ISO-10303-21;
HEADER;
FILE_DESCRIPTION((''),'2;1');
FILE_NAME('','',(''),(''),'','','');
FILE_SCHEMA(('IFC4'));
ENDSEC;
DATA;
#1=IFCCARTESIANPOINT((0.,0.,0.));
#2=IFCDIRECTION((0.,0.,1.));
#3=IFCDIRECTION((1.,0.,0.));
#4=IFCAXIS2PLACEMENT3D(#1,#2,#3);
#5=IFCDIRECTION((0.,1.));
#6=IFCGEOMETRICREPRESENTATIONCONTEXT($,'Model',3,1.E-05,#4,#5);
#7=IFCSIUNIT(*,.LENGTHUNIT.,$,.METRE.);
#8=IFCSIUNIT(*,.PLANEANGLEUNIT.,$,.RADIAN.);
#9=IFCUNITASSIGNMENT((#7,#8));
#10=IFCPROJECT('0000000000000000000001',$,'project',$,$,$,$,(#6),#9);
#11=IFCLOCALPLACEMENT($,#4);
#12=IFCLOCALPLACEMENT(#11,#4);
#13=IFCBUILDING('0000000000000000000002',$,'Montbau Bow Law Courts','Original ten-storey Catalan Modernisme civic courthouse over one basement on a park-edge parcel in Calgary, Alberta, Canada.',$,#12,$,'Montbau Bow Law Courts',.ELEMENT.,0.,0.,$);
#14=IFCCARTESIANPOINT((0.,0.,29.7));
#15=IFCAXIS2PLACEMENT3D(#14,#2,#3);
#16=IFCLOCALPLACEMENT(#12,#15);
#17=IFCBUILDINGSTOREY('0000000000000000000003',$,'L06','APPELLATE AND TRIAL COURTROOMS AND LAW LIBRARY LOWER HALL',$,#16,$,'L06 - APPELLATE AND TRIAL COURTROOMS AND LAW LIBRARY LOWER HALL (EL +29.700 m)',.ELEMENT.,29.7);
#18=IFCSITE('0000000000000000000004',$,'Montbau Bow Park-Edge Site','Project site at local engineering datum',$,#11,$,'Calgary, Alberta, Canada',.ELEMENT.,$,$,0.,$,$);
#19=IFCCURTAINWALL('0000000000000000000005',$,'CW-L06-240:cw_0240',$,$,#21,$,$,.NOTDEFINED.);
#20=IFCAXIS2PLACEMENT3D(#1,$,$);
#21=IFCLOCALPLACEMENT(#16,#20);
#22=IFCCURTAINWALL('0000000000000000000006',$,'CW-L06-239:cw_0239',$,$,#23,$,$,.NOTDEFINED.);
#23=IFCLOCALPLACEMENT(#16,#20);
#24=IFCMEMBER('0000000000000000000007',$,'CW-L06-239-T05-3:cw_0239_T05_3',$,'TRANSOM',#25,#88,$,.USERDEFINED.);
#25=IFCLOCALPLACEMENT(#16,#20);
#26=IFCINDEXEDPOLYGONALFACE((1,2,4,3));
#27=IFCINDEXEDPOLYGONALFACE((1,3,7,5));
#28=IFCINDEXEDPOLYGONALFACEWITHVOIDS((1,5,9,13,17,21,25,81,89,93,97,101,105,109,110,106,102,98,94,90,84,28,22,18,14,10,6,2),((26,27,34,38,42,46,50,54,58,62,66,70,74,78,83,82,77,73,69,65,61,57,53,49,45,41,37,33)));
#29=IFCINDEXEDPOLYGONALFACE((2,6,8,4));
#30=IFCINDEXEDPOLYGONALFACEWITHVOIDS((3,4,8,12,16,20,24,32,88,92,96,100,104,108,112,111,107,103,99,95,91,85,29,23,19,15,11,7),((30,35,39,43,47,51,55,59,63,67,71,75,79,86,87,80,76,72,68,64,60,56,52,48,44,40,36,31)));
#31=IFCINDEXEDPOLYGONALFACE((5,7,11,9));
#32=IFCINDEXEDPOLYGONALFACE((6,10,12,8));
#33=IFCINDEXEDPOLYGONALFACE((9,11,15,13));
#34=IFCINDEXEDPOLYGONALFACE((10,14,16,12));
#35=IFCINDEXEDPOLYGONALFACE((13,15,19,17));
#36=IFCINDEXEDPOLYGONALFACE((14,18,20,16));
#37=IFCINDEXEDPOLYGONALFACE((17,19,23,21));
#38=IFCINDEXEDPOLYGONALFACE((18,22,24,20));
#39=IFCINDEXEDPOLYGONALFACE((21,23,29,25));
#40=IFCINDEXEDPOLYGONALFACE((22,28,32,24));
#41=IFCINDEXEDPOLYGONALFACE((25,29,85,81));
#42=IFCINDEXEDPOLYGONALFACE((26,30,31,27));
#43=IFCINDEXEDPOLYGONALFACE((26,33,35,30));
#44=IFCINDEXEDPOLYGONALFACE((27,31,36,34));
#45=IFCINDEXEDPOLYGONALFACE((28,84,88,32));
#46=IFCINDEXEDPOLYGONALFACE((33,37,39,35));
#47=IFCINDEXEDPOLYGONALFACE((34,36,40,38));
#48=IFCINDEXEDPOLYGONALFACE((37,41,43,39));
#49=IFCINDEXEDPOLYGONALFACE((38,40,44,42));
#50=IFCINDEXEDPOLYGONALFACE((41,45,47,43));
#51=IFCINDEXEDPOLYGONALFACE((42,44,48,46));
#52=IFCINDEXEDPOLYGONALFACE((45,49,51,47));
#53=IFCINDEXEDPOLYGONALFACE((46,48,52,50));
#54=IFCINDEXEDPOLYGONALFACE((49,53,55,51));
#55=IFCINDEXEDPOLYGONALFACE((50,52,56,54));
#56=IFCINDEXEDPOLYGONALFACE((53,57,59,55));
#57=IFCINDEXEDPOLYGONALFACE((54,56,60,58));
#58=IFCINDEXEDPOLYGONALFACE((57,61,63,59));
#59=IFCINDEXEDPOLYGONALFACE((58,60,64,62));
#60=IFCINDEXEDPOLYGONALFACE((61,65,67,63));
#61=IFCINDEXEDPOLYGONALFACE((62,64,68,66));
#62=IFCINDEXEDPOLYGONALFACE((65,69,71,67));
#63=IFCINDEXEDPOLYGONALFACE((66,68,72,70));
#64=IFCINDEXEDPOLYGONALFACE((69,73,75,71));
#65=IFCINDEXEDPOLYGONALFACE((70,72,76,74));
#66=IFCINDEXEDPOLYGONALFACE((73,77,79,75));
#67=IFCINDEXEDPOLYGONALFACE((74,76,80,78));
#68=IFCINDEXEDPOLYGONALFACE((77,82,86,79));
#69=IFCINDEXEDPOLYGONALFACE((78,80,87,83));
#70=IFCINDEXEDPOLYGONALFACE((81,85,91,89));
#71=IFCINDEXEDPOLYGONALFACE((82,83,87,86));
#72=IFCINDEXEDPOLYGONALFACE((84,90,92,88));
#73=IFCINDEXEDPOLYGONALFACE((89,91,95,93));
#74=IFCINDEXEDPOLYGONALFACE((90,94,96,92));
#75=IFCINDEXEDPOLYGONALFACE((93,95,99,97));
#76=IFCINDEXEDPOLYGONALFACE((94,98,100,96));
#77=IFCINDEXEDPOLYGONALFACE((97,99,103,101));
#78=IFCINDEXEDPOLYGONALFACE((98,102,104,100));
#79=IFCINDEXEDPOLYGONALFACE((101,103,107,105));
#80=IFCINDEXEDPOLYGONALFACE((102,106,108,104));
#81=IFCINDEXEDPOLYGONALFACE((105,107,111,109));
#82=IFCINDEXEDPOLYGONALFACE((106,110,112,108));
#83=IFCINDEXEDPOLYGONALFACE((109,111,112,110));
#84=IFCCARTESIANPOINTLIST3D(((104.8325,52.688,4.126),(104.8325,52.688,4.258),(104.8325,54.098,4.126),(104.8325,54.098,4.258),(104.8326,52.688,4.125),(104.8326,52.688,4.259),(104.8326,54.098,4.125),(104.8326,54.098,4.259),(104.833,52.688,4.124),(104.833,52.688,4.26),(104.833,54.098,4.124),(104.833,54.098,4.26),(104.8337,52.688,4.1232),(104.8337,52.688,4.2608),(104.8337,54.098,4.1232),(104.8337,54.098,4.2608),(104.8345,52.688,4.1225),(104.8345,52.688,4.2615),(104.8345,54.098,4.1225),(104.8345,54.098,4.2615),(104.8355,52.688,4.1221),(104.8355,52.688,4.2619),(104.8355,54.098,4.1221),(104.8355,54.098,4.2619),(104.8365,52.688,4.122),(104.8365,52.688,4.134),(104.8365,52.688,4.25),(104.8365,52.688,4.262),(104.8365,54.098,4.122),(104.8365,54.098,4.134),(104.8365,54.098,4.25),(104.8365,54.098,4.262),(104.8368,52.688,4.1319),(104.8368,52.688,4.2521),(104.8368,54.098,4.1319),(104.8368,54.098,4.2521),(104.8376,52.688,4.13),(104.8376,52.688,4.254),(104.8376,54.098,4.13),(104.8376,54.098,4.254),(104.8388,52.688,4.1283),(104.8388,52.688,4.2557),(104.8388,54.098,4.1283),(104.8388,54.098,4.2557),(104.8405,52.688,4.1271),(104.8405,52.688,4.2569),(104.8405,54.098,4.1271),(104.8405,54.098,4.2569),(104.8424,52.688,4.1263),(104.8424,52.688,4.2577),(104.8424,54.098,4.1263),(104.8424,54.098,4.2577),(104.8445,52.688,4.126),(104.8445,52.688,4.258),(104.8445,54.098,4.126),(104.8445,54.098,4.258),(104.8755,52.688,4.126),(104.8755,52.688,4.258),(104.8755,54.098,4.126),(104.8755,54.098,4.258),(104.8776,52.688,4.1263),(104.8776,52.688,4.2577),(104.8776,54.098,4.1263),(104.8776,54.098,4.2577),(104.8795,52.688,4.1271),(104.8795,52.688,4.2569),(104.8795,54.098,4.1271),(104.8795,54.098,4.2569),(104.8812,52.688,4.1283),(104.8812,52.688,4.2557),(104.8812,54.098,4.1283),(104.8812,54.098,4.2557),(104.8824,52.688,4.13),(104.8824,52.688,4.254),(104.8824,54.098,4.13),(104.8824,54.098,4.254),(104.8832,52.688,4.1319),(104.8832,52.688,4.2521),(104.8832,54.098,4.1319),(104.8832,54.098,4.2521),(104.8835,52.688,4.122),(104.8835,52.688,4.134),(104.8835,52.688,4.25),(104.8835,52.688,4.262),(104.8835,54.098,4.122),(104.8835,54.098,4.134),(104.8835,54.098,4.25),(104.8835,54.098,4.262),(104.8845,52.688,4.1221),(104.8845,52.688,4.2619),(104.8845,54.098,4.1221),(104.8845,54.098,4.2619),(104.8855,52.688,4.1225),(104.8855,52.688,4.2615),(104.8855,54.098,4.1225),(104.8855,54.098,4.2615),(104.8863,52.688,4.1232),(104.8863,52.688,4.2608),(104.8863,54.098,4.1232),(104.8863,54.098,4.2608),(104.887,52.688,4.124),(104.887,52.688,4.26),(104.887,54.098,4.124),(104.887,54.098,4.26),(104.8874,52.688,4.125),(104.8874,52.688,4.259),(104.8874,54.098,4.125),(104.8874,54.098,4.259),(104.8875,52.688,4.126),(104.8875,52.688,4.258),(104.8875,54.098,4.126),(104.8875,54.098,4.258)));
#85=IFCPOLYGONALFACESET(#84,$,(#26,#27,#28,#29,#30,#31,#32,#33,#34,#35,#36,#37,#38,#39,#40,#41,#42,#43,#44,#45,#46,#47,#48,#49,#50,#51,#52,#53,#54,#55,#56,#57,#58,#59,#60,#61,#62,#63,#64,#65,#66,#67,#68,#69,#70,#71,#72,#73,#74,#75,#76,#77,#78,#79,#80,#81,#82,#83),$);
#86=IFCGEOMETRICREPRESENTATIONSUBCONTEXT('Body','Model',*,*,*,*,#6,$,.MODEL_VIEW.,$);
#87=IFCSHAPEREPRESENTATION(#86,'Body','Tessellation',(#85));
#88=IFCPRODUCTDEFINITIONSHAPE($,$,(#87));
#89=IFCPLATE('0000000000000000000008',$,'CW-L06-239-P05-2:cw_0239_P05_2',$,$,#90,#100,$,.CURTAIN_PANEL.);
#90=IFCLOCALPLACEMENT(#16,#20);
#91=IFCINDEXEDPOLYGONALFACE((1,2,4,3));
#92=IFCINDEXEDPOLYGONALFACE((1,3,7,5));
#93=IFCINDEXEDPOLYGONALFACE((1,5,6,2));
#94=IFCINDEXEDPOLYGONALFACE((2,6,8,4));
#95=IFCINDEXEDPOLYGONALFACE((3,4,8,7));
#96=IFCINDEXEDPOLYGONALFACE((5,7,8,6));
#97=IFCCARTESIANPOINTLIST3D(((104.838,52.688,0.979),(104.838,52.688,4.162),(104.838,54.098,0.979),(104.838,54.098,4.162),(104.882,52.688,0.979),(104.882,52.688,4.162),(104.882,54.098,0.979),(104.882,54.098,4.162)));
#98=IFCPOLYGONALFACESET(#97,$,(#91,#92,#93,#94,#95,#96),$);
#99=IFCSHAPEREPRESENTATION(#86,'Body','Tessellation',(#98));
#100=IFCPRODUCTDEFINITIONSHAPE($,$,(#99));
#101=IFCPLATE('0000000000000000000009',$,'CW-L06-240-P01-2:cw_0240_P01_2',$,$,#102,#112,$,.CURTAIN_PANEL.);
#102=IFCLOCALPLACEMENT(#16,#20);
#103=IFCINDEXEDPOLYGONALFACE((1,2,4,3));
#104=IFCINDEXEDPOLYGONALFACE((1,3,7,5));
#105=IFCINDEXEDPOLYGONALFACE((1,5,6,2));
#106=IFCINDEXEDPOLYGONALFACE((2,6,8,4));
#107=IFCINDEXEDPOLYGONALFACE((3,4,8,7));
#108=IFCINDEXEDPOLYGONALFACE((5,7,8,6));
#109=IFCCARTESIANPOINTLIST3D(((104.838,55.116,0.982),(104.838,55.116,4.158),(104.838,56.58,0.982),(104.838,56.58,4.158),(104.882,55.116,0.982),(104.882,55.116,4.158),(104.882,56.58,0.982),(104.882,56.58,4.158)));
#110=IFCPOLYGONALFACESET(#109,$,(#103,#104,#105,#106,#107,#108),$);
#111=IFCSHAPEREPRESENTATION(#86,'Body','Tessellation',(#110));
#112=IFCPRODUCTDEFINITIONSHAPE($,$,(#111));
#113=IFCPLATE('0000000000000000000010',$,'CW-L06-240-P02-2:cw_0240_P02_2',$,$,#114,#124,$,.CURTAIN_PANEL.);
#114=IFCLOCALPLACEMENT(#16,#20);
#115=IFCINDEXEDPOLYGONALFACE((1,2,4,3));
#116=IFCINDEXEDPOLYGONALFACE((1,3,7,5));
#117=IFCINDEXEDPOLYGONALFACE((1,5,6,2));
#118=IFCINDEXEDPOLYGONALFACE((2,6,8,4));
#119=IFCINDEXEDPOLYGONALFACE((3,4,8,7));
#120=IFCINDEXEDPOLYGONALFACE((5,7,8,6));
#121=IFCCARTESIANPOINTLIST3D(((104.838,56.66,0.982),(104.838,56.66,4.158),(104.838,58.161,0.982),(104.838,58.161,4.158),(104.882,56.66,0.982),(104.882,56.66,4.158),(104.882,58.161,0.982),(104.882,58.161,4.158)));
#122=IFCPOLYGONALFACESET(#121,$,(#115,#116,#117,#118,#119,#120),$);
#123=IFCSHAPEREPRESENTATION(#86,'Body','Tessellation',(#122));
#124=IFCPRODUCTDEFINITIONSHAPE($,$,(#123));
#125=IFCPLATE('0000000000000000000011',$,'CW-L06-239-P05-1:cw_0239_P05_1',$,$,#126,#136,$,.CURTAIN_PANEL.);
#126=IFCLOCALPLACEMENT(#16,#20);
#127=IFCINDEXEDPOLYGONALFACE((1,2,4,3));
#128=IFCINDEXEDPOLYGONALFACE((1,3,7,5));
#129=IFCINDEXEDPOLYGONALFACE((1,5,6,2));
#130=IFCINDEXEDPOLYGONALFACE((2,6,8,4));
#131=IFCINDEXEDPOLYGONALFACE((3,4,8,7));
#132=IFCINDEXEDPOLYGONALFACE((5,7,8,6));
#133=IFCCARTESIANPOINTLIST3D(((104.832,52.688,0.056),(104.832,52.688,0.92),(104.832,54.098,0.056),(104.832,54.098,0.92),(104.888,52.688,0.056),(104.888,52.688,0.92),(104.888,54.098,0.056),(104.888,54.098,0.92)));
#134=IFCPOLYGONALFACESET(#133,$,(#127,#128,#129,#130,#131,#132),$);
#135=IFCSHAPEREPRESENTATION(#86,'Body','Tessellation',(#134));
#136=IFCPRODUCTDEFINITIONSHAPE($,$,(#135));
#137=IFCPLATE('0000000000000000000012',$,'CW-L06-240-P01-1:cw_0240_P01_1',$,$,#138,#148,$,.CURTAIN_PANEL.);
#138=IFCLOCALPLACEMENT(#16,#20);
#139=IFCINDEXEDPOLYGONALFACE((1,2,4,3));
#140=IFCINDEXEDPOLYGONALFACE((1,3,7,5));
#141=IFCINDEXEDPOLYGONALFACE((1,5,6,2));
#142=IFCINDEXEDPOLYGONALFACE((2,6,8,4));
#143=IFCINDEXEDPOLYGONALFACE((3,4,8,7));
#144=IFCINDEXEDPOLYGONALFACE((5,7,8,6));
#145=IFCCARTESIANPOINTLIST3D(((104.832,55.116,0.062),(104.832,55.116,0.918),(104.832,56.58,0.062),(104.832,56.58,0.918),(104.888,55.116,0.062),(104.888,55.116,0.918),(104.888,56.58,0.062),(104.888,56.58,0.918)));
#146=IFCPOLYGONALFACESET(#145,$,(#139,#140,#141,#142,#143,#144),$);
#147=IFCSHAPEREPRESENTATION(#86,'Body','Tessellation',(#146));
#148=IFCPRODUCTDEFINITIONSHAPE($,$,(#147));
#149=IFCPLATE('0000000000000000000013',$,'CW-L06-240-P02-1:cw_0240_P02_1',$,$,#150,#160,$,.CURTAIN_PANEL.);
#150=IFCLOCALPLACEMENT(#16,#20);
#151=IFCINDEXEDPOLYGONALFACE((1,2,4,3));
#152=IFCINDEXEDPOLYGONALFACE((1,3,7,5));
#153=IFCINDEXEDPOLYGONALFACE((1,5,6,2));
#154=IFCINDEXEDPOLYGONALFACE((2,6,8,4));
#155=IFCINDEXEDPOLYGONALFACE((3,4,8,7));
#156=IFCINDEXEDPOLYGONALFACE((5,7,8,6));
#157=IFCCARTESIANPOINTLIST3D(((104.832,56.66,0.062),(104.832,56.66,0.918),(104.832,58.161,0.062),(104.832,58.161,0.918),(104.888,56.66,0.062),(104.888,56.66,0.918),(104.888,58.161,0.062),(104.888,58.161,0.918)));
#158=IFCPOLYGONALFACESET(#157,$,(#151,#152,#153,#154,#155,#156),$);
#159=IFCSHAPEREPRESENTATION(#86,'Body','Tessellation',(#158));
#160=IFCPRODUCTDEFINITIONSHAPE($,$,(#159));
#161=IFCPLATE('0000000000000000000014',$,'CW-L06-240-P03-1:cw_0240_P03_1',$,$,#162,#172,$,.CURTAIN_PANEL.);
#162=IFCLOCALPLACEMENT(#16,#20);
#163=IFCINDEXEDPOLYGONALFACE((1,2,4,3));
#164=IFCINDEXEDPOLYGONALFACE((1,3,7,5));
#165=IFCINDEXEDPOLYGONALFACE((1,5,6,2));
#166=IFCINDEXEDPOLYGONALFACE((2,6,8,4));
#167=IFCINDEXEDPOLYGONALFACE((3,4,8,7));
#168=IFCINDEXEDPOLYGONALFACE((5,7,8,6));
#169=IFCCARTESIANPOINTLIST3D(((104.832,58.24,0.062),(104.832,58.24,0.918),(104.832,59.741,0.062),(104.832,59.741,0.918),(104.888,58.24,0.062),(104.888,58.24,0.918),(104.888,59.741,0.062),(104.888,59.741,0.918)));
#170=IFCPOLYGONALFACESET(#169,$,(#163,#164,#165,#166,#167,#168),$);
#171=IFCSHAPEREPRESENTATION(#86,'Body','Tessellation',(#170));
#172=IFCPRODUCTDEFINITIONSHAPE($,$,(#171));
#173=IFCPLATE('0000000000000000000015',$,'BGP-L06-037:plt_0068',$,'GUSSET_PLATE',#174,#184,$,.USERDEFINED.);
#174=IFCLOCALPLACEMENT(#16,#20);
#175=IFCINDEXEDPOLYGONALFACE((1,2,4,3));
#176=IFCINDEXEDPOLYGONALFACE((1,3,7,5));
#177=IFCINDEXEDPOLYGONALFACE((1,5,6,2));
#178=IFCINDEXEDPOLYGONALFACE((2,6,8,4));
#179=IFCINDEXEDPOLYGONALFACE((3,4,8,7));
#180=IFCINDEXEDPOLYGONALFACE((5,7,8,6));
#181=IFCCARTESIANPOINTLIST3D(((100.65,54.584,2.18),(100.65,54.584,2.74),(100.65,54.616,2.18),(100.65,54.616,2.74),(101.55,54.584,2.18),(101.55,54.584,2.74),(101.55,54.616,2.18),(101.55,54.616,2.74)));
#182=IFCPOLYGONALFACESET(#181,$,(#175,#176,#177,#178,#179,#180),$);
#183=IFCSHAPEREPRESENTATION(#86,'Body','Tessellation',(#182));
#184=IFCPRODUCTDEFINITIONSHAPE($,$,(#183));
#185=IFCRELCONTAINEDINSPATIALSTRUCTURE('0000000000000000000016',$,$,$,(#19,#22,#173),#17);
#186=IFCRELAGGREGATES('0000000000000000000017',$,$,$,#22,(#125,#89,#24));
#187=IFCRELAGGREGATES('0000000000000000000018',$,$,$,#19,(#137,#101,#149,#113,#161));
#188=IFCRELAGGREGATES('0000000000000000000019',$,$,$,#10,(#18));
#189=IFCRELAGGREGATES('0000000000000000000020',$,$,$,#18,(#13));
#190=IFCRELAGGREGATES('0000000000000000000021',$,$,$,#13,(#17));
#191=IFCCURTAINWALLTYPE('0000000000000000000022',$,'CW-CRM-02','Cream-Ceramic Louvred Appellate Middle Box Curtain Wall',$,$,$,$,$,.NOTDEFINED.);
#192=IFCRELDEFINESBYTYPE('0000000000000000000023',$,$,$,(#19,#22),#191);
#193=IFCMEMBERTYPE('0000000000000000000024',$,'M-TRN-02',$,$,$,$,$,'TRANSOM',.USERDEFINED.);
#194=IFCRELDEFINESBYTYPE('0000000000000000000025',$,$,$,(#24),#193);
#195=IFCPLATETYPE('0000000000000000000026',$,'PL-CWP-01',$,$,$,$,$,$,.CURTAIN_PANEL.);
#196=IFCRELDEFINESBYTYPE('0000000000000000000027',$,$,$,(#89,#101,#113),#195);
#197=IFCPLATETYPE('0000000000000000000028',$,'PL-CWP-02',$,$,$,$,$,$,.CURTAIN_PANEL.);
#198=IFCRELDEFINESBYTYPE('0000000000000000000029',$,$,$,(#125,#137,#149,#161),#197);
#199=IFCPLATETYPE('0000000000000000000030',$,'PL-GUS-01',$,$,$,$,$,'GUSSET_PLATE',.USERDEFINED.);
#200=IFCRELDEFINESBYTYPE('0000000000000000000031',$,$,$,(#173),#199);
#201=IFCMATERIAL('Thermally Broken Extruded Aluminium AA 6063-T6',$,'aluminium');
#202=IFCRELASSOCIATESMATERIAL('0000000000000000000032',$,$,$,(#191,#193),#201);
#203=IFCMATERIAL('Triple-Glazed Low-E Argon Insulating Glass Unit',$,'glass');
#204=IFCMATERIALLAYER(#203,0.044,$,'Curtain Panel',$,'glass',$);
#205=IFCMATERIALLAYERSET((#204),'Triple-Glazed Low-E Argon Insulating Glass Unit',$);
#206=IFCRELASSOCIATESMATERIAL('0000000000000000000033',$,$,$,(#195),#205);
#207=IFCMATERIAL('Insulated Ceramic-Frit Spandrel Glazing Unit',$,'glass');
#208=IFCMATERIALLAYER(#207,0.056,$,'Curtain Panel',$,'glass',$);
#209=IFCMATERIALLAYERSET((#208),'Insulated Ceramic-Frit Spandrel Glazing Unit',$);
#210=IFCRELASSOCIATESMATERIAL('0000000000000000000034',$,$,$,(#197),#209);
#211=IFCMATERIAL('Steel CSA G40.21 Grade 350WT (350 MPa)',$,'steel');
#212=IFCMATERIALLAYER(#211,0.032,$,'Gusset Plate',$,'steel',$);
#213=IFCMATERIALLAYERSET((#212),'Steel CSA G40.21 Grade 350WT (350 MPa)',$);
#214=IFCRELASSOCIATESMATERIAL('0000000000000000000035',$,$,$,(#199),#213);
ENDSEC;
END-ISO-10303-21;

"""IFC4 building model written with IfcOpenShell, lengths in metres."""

from ifc_helpers import new_model, si_unit, direction, frame, frame_2d, origin_with_axes, origin_2d_with_axis, place, context, subcontext, project, spatial, rectangle, hollow_rectangle, extrude, material, layer, layer_set, material_profile, profile_set, type_object, element, aggregate, save


model = new_model("IFC4")

# Units and contexts
model_context = context("Model", 3, precision=1e-05, world=origin_with_axes(), true_north=direction((0.0, 1.0)))
body_context = subcontext(model_context, "Body", "Model", "MODEL_VIEW")
ifc_project = project(units=[si_unit("LENGTHUNIT", "METRE"), si_unit("PLANEANGLEUNIT", "RADIAN")], contexts=[model_context])

# Site, building, storey
site_placement = place(None, origin_with_axes())
site = spatial("IfcSite", under=ifc_project, at=site_placement, Name="Montbau Bow Park-Edge Site", Description="Project site at local engineering datum", LongName="Calgary, Alberta, Canada", CompositionType="ELEMENT", RefElevation=0.0)
building_placement = place(site_placement, origin_with_axes())
building = spatial("IfcBuilding", under=site, at=building_placement, Name="Montbau Bow Law Courts", Description="Original ten-storey Catalan Modernisme civic courthouse over one basement on a park-edge parcel in Calgary, Alberta, Canada.", LongName="Montbau Bow Law Courts", CompositionType="ELEMENT", ElevationOfRefHeight=0.0, ElevationOfTerrain=0.0)
storey_placement = place(building_placement, frame((0.0, 0.0, 29.7), z_axis=(0.0, 0.0, 1.0), x_axis=(1.0, 0.0, 0.0)))
storey = spatial("IfcBuildingStorey", under=building, at=storey_placement, Name="L06", Description="APPELLATE AND TRIAL COURTROOMS AND LAW LIBRARY LOWER HALL", LongName="L06 - APPELLATE AND TRIAL COURTROOMS AND LAW LIBRARY LOWER HALL (EL +29.700 m)", CompositionType="ELEMENT", Elevation=29.7)

# Curtain walls
ifc_material_1 = material(Name="Thermally Broken Extruded Aluminium AA 6063-T6", Category="aluminium")
curtain_wall_type = type_object("IfcCurtainWallType", Name="CW-CRM-02", Description="Cream-Ceramic Louvred Appellate Middle Box Curtain Wall", PredefinedType="NOTDEFINED", material=ifc_material_1)
curtain_wall_1_placement = place(None, frame((104.86, 55.04, 29.7), z_axis=(0.0, 0.0, 1.0), x_axis=(1.0, 0.0, 0.0)))
curtain_wall_1 = element("IfcCurtainWall", 1, at=curtain_wall_1_placement, inside=storey, type_object=curtain_wall_type, Name="CW-L06-240:cw_0240", PredefinedType="NOTDEFINED")
curtain_wall_2_placement = place(None, frame((104.86, 46.64, 29.7), z_axis=(0.0, 0.0, 1.0), x_axis=(1.0, 0.0, 0.0)))
curtain_wall_2 = element("IfcCurtainWall", 2, at=curtain_wall_2_placement, inside=storey, type_object=curtain_wall_type, Name="CW-L06-239:cw_0239", PredefinedType="NOTDEFINED")

# Member
ifc_material_profile_1 = material_profile(ifc_material_1, hollow_rectangle(XDim=0.055, YDim=0.14, WallThickness=0.004, InnerFilletRadius=0.008, OuterFilletRadius=0.004, at=origin_2d_with_axis()), Name="CWT-140X55", Category="Main", Priority=0)
ifc_profile_set_1 = profile_set([ifc_material_profile_1], Name="Thermally Broken Extruded Aluminium AA 6063-T6")
member_type_1 = type_object("IfcMemberType", Name="M-TRN-02", ElementType="TRANSOM", PredefinedType="USERDEFINED", material=ifc_profile_set_1)
member_1_placement = place(None, frame((104.86, 52.688, 33.892), z_axis=(0.0, 1.0, 0.0), x_axis=(-1.0, 0.0, 0.0)))
member_1 = element("IfcMember", 3, at=member_1_placement, type_object=member_type_1, Name="CW-L06-239-T05-3:cw_0239_T05_3", ObjectType="TRANSOM", PredefinedType="USERDEFINED", context=body_context, shape_type="SweptSolid", body=[
    extrude(hollow_rectangle(XDim=0.055, YDim=0.14, WallThickness=0.004, InnerFilletRadius=0.008, OuterFilletRadius=0.004, at=origin_2d_with_axis()), origin_with_axes(), (0.0, 0.0, 1.0), 1.41),
])

# Plates
ifc_material_2 = material(Name="Triple-Glazed Low-E Argon Insulating Glass Unit", Category="glass")
ifc_layer_1 = layer(ifc_material_2, 0.044, Name="Curtain Panel", Category="glass")
ifc_layer_set_1 = layer_set([ifc_layer_1], Name="Triple-Glazed Low-E Argon Insulating Glass Unit")
plate_type_1 = type_object("IfcPlateType", Name="PL-CWP-01", PredefinedType="CURTAIN_PANEL", material=ifc_layer_set_1)
plate_1_placement = place(None, frame((104.86, 52.688, 30.679), z_axis=(1.0, 0.0, 0.0), x_axis=(0.0, 1.0, 0.0)))
plate_1 = element("IfcPlate", 4, at=plate_1_placement, type_object=plate_type_1, Name="CW-L06-239-P05-2:cw_0239_P05_2", PredefinedType="CURTAIN_PANEL", context=body_context, shape_type="SweptSolid", body=[
    extrude(rectangle(XDim=1.41, YDim=3.183, at=frame_2d((0.705, 1.5915), x_axis=(1.0, 0.0))), frame((0.0, 0.0, -0.022), z_axis=(0.0, 0.0, 1.0), x_axis=(1.0, 0.0, 0.0)), (0.0, 0.0, 1.0), 0.044),
])
plate_2_placement = place(None, frame((104.86, 55.116, 30.682), z_axis=(1.0, 0.0, 0.0), x_axis=(0.0, 1.0, 0.0)))
plate_2 = element("IfcPlate", 5, at=plate_2_placement, type_object=plate_type_1, Name="CW-L06-240-P01-2:cw_0240_P01_2", PredefinedType="CURTAIN_PANEL", context=body_context, shape_type="SweptSolid", body=[
    extrude(rectangle(XDim=1.464, YDim=3.176, at=frame_2d((0.732, 1.588), x_axis=(1.0, 0.0))), frame((0.0, 0.0, -0.022), z_axis=(0.0, 0.0, 1.0), x_axis=(1.0, 0.0, 0.0)), (0.0, 0.0, 1.0), 0.044),
])
plate_3_placement = place(None, frame((104.86, 56.66, 30.682), z_axis=(1.0, 0.0, 0.0), x_axis=(0.0, 1.0, 0.0)))
plate_3 = element("IfcPlate", 6, at=plate_3_placement, type_object=plate_type_1, Name="CW-L06-240-P02-2:cw_0240_P02_2", PredefinedType="CURTAIN_PANEL", context=body_context, shape_type="SweptSolid", body=[
    extrude(rectangle(XDim=1.501, YDim=3.176, at=frame_2d((0.7505, 1.588), x_axis=(1.0, 0.0))), frame((0.0, 0.0, -0.022), z_axis=(0.0, 0.0, 1.0), x_axis=(1.0, 0.0, 0.0)), (0.0, 0.0, 1.0), 0.044),
])
ifc_material_3 = material(Name="Insulated Ceramic-Frit Spandrel Glazing Unit", Category="glass")
ifc_layer_2 = layer(ifc_material_3, 0.056, Name="Curtain Panel", Category="glass")
ifc_layer_set_2 = layer_set([ifc_layer_2], Name="Insulated Ceramic-Frit Spandrel Glazing Unit")
plate_type_2 = type_object("IfcPlateType", Name="PL-CWP-02", PredefinedType="CURTAIN_PANEL", material=ifc_layer_set_2)
plate_4_placement = place(None, frame((104.86, 52.688, 29.756), z_axis=(1.0, 0.0, 0.0), x_axis=(0.0, 1.0, 0.0)))
plate_4 = element("IfcPlate", 7, at=plate_4_placement, type_object=plate_type_2, Name="CW-L06-239-P05-1:cw_0239_P05_1", PredefinedType="CURTAIN_PANEL", context=body_context, shape_type="SweptSolid", body=[
    extrude(rectangle(XDim=1.41, YDim=0.864, at=frame_2d((0.705, 0.432), x_axis=(1.0, 0.0))), frame((0.0, 0.0, -0.028), z_axis=(0.0, 0.0, 1.0), x_axis=(1.0, 0.0, 0.0)), (0.0, 0.0, 1.0), 0.056),
])
aggregate(curtain_wall_2, [plate_4, plate_1, member_1])
plate_5_placement = place(None, frame((104.86, 55.116, 29.762), z_axis=(1.0, 0.0, 0.0), x_axis=(0.0, 1.0, 0.0)))
plate_5 = element("IfcPlate", 8, at=plate_5_placement, type_object=plate_type_2, Name="CW-L06-240-P01-1:cw_0240_P01_1", PredefinedType="CURTAIN_PANEL", context=body_context, shape_type="SweptSolid", body=[
    extrude(rectangle(XDim=1.464, YDim=0.856, at=frame_2d((0.732, 0.428), x_axis=(1.0, 0.0))), frame((0.0, 0.0, -0.028), z_axis=(0.0, 0.0, 1.0), x_axis=(1.0, 0.0, 0.0)), (0.0, 0.0, 1.0), 0.056),
])
plate_6_placement = place(None, frame((104.86, 56.66, 29.762), z_axis=(1.0, 0.0, 0.0), x_axis=(0.0, 1.0, 0.0)))
plate_6 = element("IfcPlate", 9, at=plate_6_placement, type_object=plate_type_2, Name="CW-L06-240-P02-1:cw_0240_P02_1", PredefinedType="CURTAIN_PANEL", context=body_context, shape_type="SweptSolid", body=[
    extrude(rectangle(XDim=1.501, YDim=0.856, at=frame_2d((0.7505, 0.428), x_axis=(1.0, 0.0))), frame((0.0, 0.0, -0.028), z_axis=(0.0, 0.0, 1.0), x_axis=(1.0, 0.0, 0.0)), (0.0, 0.0, 1.0), 0.056),
])
plate_7_placement = place(None, frame((104.86, 58.24, 29.762), z_axis=(1.0, 0.0, 0.0), x_axis=(0.0, 1.0, 0.0)))
plate_7 = element("IfcPlate", 10, at=plate_7_placement, type_object=plate_type_2, Name="CW-L06-240-P03-1:cw_0240_P03_1", PredefinedType="CURTAIN_PANEL", context=body_context, shape_type="SweptSolid", body=[
    extrude(rectangle(XDim=1.501, YDim=0.856, at=frame_2d((0.7505, 0.428), x_axis=(1.0, 0.0))), frame((0.0, 0.0, -0.028), z_axis=(0.0, 0.0, 1.0), x_axis=(1.0, 0.0, 0.0)), (0.0, 0.0, 1.0), 0.056),
])
aggregate(curtain_wall_1, [plate_5, plate_2, plate_6, plate_3, plate_7])

# Plate
ifc_material_4 = material(Name="Steel CSA G40.21 Grade 350WT (350 MPa)", Category="steel")
ifc_layer_3 = layer(ifc_material_4, 0.032, Name="Gusset Plate", Category="steel")
ifc_layer_set_3 = layer_set([ifc_layer_3], Name="Steel CSA G40.21 Grade 350WT (350 MPa)")
plate_type_3 = type_object("IfcPlateType", Name="PL-GUS-01", ElementType="GUSSET_PLATE", PredefinedType="USERDEFINED", material=ifc_layer_set_3)
for number, where, z_axis, x_axis, name in (
    (11, (101.1, 54.6, 31.88), (0.0, 0.0, 1.0), (1.0, 0.0, 0.0), "BGP-L06-037:plt_0068"),
):
    element("IfcPlate", number, at=place(None, frame(where, z_axis=z_axis, x_axis=x_axis)), inside=storey, type_object=plate_type_3, Name=name, ObjectType="GUSSET_PLATE", PredefinedType="USERDEFINED", context=body_context, shape_type="SweptSolid", body=[
        extrude(rectangle(XDim=0.9, YDim=0.032, at=origin_2d_with_axis()), origin_with_axes(), (0.0, 0.0, 1.0), 0.56),
    ])

save(model, "model.ifc")
